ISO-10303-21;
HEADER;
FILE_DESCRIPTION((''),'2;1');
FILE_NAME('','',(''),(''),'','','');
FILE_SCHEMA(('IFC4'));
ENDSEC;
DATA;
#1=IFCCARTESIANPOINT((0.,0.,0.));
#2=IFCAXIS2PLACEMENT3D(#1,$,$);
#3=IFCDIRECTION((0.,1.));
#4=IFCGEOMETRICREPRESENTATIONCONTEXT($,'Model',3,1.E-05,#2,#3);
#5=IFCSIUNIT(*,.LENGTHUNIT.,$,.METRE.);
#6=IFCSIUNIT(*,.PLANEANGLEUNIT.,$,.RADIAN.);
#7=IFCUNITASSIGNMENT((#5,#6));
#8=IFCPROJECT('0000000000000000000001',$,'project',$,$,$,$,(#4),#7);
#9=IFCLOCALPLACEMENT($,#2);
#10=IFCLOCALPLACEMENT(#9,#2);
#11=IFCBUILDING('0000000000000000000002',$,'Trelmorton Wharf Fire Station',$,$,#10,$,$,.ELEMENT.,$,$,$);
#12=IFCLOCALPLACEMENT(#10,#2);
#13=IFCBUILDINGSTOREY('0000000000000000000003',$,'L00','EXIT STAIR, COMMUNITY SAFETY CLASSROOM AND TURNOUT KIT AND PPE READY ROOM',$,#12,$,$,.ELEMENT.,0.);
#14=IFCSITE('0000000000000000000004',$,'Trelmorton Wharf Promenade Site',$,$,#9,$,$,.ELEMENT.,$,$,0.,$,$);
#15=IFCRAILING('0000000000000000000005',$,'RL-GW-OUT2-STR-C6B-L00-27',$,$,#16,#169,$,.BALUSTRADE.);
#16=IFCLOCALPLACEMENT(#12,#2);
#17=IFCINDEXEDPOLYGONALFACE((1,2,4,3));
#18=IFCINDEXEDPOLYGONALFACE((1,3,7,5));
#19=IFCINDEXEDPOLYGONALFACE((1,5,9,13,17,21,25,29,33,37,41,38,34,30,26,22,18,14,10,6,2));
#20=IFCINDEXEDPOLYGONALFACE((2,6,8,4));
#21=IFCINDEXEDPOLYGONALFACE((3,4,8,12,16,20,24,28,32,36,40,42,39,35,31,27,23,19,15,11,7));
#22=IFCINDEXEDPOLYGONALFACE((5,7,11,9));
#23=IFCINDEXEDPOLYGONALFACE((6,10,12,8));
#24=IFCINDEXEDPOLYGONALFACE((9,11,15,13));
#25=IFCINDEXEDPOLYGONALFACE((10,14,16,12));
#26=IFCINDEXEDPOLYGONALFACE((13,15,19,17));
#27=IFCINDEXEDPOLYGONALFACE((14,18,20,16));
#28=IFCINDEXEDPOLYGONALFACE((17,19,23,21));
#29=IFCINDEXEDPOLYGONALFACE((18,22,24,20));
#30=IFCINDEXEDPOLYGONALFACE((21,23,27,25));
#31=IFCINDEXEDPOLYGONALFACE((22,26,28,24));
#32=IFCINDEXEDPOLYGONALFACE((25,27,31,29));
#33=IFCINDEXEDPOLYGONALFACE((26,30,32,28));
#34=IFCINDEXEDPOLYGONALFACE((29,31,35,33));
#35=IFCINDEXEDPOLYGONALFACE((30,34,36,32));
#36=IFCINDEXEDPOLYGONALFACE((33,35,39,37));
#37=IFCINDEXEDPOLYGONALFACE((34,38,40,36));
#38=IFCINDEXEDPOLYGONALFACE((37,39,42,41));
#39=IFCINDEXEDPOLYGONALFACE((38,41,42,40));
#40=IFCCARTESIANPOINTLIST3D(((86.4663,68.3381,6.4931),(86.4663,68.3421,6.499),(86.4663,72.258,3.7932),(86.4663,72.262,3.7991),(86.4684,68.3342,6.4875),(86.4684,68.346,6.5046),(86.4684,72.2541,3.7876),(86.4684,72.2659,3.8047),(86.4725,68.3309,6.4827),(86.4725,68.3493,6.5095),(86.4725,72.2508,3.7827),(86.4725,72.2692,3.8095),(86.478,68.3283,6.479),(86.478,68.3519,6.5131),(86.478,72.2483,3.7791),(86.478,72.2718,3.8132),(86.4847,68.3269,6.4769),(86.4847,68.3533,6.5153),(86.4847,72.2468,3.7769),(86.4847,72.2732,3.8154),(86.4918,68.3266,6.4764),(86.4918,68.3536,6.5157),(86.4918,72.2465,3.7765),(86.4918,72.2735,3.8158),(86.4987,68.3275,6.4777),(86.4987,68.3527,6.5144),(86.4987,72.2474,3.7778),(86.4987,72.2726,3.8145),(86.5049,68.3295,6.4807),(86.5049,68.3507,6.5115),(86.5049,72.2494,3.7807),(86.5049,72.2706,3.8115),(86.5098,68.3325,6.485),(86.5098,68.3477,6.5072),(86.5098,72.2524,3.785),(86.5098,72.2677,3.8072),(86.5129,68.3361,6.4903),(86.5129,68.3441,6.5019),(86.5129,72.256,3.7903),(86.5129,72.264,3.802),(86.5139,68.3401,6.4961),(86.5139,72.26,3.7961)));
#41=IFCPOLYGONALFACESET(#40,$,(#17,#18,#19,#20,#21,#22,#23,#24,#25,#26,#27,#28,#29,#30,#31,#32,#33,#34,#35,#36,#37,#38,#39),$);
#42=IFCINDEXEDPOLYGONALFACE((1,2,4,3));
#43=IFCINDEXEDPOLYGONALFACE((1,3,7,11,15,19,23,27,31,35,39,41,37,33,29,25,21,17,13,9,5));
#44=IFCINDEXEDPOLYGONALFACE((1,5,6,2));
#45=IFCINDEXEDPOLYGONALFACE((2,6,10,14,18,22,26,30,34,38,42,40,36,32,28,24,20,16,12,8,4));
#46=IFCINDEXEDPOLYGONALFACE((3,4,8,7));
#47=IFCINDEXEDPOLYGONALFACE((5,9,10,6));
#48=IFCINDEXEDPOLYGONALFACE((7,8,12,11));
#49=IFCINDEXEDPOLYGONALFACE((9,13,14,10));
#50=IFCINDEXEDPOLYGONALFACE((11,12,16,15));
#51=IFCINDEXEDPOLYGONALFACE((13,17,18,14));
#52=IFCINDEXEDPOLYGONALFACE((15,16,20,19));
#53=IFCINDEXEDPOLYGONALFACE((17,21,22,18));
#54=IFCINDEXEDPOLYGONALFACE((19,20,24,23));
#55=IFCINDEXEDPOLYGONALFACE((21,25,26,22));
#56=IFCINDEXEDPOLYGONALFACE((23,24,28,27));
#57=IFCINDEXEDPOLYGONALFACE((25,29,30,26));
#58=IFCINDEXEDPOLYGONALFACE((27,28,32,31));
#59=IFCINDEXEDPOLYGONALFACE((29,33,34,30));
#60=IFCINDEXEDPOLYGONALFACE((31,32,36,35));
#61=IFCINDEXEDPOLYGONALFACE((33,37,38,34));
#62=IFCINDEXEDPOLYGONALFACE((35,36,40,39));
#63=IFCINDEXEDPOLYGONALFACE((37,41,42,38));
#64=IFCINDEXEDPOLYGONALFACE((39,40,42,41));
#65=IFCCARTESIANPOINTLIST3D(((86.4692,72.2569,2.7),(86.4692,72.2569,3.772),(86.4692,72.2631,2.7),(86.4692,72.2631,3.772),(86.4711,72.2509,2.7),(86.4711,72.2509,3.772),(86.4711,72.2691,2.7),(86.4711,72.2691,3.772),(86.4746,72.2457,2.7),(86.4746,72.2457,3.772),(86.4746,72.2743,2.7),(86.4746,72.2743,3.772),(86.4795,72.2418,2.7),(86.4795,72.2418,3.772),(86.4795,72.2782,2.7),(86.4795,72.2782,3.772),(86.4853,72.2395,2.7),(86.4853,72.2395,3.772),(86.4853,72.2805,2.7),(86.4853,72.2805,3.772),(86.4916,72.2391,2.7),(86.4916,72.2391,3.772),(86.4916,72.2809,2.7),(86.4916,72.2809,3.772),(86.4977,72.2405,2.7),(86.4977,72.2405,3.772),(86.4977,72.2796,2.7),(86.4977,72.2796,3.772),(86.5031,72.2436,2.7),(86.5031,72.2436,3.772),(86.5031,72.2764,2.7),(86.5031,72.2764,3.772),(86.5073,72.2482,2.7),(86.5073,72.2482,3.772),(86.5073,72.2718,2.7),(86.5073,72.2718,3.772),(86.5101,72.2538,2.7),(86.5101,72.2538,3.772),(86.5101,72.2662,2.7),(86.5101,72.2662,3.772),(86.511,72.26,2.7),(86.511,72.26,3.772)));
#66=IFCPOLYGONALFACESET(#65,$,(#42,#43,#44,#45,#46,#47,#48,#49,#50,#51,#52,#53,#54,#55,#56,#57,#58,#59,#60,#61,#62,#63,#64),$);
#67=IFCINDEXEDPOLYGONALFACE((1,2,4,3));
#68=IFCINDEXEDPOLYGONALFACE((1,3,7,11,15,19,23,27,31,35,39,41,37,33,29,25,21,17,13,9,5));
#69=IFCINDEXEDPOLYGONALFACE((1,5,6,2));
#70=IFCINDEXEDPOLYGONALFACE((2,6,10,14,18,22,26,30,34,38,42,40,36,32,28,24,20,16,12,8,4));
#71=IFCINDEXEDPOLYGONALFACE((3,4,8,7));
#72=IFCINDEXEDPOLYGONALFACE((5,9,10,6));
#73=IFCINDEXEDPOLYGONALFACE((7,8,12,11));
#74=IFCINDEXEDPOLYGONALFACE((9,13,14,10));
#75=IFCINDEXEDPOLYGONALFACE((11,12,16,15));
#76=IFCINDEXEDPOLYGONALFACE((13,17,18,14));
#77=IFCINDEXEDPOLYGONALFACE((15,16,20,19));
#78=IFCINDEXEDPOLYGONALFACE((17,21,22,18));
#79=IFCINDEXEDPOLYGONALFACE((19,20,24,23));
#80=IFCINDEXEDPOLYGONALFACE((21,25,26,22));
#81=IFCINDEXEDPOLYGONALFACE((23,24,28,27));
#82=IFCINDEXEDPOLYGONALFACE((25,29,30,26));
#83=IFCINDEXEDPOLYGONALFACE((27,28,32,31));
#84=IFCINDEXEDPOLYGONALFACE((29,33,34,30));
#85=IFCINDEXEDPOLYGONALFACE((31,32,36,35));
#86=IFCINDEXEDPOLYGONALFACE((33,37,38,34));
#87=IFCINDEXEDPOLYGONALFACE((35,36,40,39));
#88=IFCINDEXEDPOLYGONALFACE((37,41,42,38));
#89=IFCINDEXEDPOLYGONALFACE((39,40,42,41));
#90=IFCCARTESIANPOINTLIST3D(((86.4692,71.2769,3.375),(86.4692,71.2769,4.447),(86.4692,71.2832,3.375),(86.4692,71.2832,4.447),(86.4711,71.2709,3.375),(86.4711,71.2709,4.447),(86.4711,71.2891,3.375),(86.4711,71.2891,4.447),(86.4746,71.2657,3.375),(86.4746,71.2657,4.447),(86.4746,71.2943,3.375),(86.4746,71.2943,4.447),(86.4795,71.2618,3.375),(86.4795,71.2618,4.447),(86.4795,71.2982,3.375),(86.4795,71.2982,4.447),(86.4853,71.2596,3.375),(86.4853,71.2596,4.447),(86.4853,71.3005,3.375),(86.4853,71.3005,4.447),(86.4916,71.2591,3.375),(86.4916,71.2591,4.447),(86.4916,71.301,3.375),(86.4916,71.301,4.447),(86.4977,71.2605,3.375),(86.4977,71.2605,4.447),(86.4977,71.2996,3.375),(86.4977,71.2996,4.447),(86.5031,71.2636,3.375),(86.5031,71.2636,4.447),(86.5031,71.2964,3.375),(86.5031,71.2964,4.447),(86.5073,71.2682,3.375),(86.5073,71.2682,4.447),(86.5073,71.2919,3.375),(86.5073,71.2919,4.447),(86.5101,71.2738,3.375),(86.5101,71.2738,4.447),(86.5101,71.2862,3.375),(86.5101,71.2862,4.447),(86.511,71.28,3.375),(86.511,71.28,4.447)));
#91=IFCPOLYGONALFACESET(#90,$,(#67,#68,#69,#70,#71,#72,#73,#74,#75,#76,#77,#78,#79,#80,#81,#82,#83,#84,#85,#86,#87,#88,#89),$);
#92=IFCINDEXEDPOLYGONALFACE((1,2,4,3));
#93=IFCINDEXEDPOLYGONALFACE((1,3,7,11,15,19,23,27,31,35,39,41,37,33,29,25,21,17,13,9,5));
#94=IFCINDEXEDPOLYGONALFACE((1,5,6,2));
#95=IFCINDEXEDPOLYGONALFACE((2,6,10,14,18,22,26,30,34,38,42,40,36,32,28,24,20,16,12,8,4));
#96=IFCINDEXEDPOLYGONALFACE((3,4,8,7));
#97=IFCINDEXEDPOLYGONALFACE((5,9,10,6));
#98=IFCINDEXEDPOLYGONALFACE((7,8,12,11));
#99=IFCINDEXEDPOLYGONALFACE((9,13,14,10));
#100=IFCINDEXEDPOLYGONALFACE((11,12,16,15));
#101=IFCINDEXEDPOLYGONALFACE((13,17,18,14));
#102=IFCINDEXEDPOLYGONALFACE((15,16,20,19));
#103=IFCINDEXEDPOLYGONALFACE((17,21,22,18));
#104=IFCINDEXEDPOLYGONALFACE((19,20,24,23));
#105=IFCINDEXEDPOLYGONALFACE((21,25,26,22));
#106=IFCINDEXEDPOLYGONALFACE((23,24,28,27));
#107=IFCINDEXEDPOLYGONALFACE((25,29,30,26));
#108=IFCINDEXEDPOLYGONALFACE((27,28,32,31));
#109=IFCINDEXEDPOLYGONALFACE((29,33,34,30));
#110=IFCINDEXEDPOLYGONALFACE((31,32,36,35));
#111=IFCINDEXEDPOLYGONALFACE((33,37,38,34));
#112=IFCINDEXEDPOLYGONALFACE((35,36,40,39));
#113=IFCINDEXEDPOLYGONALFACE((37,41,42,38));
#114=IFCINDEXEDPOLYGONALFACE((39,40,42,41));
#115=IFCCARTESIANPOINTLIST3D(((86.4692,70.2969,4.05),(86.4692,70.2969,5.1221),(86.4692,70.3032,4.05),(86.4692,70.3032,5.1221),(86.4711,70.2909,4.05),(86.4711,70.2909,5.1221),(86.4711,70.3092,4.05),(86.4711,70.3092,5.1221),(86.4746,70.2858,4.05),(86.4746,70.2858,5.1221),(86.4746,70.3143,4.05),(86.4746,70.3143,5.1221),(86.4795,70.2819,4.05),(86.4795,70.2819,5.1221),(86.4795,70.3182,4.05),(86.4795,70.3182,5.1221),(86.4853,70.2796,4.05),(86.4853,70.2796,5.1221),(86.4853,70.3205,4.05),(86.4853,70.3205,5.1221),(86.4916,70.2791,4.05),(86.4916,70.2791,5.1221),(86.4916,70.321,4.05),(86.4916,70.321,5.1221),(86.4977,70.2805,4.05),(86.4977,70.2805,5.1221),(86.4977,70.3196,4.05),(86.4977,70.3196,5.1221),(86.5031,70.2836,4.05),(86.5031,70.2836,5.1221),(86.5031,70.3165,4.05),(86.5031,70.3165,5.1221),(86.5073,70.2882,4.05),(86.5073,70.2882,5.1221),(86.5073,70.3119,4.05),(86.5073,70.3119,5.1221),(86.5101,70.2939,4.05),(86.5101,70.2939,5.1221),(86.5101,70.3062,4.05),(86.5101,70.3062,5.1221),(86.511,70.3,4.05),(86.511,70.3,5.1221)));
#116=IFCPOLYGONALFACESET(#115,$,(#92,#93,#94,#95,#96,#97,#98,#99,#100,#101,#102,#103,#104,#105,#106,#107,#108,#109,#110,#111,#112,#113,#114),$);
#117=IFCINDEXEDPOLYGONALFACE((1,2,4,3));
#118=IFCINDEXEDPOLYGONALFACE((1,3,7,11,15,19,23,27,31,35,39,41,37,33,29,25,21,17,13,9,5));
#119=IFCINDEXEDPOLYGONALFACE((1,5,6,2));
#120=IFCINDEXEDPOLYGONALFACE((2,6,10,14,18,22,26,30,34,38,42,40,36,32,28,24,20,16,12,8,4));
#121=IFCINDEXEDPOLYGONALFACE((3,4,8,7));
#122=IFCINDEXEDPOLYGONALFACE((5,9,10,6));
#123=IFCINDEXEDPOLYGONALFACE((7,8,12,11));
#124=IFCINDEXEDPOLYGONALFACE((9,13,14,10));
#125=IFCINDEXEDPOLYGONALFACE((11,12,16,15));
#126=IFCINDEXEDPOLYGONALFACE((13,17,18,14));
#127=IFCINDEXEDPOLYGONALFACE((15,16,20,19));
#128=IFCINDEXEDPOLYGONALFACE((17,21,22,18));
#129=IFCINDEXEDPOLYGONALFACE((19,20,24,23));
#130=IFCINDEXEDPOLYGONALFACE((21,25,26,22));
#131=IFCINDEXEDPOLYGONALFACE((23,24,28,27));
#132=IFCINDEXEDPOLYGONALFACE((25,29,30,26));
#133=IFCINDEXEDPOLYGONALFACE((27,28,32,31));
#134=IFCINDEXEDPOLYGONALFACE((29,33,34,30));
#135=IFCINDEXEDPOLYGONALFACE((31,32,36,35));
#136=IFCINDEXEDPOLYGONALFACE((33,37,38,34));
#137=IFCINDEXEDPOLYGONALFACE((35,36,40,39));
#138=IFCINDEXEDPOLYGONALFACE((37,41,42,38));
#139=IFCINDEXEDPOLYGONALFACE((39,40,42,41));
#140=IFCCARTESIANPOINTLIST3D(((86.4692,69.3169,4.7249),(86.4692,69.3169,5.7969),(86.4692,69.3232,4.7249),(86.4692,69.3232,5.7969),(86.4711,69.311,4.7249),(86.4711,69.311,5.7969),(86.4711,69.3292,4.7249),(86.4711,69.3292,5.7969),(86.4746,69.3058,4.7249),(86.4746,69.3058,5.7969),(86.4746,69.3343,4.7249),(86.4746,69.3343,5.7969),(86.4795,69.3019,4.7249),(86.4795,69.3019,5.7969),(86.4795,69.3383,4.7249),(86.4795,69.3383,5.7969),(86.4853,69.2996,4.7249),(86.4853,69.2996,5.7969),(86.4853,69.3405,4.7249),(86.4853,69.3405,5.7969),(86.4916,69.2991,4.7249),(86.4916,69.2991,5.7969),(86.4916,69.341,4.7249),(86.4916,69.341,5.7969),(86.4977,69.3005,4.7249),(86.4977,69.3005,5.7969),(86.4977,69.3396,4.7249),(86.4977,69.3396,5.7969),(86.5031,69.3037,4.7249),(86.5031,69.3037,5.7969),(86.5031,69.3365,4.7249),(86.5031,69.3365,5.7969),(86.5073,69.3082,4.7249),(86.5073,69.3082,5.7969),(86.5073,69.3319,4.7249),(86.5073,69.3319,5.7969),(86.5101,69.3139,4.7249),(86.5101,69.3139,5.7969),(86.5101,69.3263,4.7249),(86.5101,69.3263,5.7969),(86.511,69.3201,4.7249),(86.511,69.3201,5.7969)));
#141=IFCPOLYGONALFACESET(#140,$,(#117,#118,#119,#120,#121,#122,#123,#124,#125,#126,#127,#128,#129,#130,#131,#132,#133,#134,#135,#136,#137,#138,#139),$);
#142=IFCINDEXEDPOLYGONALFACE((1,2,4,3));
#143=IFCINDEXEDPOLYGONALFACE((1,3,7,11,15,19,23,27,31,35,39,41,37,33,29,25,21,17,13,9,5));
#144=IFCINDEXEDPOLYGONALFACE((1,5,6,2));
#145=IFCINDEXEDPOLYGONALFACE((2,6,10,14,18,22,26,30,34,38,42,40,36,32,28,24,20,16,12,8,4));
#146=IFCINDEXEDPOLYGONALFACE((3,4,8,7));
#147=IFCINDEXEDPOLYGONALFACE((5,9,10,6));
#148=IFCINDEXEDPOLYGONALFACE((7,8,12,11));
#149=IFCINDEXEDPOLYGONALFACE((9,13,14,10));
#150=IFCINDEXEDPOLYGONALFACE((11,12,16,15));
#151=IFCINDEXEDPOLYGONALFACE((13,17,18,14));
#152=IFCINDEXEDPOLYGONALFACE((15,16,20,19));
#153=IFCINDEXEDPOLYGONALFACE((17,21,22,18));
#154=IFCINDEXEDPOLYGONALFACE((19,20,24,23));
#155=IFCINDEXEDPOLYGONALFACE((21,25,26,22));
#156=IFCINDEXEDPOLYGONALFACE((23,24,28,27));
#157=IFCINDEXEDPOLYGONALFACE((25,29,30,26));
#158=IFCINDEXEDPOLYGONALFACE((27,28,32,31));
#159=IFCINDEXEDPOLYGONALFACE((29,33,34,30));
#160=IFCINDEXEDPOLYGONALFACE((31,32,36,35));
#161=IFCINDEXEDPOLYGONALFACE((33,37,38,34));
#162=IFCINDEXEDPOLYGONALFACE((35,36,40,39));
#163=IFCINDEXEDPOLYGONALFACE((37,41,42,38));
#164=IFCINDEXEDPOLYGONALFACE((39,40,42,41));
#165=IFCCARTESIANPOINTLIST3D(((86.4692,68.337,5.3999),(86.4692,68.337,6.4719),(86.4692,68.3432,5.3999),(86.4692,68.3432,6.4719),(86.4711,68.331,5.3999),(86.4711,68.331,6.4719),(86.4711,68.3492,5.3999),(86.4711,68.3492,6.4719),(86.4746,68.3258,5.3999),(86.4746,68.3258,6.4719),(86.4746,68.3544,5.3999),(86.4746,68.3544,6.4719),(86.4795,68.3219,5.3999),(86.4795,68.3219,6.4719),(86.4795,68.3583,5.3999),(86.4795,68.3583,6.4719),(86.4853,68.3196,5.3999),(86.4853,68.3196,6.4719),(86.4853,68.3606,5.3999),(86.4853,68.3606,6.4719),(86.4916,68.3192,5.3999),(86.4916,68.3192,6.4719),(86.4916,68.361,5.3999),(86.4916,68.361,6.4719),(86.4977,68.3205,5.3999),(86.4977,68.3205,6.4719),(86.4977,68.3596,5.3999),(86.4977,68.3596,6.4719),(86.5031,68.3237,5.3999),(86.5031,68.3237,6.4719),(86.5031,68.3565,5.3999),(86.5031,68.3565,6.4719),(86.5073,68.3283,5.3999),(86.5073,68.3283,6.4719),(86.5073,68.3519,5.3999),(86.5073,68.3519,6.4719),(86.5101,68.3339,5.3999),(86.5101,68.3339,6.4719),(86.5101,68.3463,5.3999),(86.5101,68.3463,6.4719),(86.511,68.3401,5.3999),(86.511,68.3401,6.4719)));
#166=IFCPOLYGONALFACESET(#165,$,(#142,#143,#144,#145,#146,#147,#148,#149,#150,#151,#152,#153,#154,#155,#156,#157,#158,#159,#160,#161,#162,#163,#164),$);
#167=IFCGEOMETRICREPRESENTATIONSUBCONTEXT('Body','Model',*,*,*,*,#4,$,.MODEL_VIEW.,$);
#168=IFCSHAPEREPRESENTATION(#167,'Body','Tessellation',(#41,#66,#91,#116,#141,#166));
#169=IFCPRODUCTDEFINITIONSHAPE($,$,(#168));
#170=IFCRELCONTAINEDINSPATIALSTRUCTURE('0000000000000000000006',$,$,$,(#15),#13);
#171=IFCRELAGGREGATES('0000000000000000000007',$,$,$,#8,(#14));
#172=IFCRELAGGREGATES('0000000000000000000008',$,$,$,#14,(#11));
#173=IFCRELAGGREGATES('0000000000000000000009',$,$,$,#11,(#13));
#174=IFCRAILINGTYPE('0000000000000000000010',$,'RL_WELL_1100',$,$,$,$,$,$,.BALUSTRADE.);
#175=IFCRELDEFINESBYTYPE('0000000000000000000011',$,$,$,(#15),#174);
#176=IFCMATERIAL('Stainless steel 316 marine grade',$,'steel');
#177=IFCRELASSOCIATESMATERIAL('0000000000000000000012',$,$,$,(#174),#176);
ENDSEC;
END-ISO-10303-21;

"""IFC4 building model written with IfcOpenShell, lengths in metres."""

from ifc_helpers import new_model, si_unit, direction, frame, origin, origin_2d, place, context, subcontext, project, spatial, circle, extrude, material, type_object, element, save


model = new_model("IFC4")

# Units and contexts
model_context = context("Model", 3, precision=1e-05, world=origin(), true_north=direction((0.0, 1.0)))
body_context = subcontext(model_context, "Body", "Model", "MODEL_VIEW")
ifc_project = project(units=[si_unit("LENGTHUNIT", "METRE"), si_unit("PLANEANGLEUNIT", "RADIAN")], contexts=[model_context])

# Site, building, storey
site_placement = place(None, origin())
site = spatial("IfcSite", under=ifc_project, at=site_placement, Name="Trelmorton Wharf Promenade Site", CompositionType="ELEMENT", RefElevation=0.0)
building_placement = place(site_placement, origin())
building = spatial("IfcBuilding", under=site, at=building_placement, Name="Trelmorton Wharf Fire Station", CompositionType="ELEMENT")
storey_placement = place(building_placement, origin())
storey = spatial("IfcBuildingStorey", under=building, at=storey_placement, Name="L00", Description="EXIT STAIR, COMMUNITY SAFETY CLASSROOM AND TURNOUT KIT AND PPE READY ROOM", CompositionType="ELEMENT", Elevation=0.0)

# Shared definitions
ifc_material_1 = material(Name="Stainless steel 316 marine grade", Category="steel")

# Railing
railing_type_1 = type_object("IfcRailingType", Name="RL_WELL_1100", PredefinedType="BALUSTRADE", material=ifc_material_1)
railing_1_placement = place(storey_placement, frame((86.49, 72.26, 2.7)))
element("IfcRailing", 1, at=railing_1_placement, inside=storey, type_object=railing_type_1, Name="RL-GW-OUT2-STR-C6B-L00-27", PredefinedType="BALUSTRADE", context=body_context, shape_type="SweptSolid", body=[
    extrude(circle(Radius=0.0239, at=origin_2d()), frame((0.0, 0.0, 1.0962), z_axis=(0.0, -0.823551, 0.567243), x_axis=(1.0, 0.0, 0.0)), (0.0, 0.0, 1.0), 4.7598),
    extrude(circle(Radius=0.021, at=origin_2d()), origin(), (0.0, 0.0, 1.0), 1.072),
    extrude(circle(Radius=0.021, at=origin_2d()), frame((0.0, -0.98, 0.675)), (0.0, 0.0, 1.0), 1.072),
    extrude(circle(Radius=0.021, at=origin_2d()), frame((0.0, -1.96, 1.3501)), (0.0, 0.0, 1.0), 1.072),
    extrude(circle(Radius=0.021, at=origin_2d()), frame((0.0, -2.9399, 2.0249)), (0.0, 0.0, 1.0), 1.072),
    extrude(circle(Radius=0.021, at=origin_2d()), frame((0.0, -3.9199, 2.7)), (0.0, 0.0, 1.0), 1.072),
])

save(model, "model.ifc")
